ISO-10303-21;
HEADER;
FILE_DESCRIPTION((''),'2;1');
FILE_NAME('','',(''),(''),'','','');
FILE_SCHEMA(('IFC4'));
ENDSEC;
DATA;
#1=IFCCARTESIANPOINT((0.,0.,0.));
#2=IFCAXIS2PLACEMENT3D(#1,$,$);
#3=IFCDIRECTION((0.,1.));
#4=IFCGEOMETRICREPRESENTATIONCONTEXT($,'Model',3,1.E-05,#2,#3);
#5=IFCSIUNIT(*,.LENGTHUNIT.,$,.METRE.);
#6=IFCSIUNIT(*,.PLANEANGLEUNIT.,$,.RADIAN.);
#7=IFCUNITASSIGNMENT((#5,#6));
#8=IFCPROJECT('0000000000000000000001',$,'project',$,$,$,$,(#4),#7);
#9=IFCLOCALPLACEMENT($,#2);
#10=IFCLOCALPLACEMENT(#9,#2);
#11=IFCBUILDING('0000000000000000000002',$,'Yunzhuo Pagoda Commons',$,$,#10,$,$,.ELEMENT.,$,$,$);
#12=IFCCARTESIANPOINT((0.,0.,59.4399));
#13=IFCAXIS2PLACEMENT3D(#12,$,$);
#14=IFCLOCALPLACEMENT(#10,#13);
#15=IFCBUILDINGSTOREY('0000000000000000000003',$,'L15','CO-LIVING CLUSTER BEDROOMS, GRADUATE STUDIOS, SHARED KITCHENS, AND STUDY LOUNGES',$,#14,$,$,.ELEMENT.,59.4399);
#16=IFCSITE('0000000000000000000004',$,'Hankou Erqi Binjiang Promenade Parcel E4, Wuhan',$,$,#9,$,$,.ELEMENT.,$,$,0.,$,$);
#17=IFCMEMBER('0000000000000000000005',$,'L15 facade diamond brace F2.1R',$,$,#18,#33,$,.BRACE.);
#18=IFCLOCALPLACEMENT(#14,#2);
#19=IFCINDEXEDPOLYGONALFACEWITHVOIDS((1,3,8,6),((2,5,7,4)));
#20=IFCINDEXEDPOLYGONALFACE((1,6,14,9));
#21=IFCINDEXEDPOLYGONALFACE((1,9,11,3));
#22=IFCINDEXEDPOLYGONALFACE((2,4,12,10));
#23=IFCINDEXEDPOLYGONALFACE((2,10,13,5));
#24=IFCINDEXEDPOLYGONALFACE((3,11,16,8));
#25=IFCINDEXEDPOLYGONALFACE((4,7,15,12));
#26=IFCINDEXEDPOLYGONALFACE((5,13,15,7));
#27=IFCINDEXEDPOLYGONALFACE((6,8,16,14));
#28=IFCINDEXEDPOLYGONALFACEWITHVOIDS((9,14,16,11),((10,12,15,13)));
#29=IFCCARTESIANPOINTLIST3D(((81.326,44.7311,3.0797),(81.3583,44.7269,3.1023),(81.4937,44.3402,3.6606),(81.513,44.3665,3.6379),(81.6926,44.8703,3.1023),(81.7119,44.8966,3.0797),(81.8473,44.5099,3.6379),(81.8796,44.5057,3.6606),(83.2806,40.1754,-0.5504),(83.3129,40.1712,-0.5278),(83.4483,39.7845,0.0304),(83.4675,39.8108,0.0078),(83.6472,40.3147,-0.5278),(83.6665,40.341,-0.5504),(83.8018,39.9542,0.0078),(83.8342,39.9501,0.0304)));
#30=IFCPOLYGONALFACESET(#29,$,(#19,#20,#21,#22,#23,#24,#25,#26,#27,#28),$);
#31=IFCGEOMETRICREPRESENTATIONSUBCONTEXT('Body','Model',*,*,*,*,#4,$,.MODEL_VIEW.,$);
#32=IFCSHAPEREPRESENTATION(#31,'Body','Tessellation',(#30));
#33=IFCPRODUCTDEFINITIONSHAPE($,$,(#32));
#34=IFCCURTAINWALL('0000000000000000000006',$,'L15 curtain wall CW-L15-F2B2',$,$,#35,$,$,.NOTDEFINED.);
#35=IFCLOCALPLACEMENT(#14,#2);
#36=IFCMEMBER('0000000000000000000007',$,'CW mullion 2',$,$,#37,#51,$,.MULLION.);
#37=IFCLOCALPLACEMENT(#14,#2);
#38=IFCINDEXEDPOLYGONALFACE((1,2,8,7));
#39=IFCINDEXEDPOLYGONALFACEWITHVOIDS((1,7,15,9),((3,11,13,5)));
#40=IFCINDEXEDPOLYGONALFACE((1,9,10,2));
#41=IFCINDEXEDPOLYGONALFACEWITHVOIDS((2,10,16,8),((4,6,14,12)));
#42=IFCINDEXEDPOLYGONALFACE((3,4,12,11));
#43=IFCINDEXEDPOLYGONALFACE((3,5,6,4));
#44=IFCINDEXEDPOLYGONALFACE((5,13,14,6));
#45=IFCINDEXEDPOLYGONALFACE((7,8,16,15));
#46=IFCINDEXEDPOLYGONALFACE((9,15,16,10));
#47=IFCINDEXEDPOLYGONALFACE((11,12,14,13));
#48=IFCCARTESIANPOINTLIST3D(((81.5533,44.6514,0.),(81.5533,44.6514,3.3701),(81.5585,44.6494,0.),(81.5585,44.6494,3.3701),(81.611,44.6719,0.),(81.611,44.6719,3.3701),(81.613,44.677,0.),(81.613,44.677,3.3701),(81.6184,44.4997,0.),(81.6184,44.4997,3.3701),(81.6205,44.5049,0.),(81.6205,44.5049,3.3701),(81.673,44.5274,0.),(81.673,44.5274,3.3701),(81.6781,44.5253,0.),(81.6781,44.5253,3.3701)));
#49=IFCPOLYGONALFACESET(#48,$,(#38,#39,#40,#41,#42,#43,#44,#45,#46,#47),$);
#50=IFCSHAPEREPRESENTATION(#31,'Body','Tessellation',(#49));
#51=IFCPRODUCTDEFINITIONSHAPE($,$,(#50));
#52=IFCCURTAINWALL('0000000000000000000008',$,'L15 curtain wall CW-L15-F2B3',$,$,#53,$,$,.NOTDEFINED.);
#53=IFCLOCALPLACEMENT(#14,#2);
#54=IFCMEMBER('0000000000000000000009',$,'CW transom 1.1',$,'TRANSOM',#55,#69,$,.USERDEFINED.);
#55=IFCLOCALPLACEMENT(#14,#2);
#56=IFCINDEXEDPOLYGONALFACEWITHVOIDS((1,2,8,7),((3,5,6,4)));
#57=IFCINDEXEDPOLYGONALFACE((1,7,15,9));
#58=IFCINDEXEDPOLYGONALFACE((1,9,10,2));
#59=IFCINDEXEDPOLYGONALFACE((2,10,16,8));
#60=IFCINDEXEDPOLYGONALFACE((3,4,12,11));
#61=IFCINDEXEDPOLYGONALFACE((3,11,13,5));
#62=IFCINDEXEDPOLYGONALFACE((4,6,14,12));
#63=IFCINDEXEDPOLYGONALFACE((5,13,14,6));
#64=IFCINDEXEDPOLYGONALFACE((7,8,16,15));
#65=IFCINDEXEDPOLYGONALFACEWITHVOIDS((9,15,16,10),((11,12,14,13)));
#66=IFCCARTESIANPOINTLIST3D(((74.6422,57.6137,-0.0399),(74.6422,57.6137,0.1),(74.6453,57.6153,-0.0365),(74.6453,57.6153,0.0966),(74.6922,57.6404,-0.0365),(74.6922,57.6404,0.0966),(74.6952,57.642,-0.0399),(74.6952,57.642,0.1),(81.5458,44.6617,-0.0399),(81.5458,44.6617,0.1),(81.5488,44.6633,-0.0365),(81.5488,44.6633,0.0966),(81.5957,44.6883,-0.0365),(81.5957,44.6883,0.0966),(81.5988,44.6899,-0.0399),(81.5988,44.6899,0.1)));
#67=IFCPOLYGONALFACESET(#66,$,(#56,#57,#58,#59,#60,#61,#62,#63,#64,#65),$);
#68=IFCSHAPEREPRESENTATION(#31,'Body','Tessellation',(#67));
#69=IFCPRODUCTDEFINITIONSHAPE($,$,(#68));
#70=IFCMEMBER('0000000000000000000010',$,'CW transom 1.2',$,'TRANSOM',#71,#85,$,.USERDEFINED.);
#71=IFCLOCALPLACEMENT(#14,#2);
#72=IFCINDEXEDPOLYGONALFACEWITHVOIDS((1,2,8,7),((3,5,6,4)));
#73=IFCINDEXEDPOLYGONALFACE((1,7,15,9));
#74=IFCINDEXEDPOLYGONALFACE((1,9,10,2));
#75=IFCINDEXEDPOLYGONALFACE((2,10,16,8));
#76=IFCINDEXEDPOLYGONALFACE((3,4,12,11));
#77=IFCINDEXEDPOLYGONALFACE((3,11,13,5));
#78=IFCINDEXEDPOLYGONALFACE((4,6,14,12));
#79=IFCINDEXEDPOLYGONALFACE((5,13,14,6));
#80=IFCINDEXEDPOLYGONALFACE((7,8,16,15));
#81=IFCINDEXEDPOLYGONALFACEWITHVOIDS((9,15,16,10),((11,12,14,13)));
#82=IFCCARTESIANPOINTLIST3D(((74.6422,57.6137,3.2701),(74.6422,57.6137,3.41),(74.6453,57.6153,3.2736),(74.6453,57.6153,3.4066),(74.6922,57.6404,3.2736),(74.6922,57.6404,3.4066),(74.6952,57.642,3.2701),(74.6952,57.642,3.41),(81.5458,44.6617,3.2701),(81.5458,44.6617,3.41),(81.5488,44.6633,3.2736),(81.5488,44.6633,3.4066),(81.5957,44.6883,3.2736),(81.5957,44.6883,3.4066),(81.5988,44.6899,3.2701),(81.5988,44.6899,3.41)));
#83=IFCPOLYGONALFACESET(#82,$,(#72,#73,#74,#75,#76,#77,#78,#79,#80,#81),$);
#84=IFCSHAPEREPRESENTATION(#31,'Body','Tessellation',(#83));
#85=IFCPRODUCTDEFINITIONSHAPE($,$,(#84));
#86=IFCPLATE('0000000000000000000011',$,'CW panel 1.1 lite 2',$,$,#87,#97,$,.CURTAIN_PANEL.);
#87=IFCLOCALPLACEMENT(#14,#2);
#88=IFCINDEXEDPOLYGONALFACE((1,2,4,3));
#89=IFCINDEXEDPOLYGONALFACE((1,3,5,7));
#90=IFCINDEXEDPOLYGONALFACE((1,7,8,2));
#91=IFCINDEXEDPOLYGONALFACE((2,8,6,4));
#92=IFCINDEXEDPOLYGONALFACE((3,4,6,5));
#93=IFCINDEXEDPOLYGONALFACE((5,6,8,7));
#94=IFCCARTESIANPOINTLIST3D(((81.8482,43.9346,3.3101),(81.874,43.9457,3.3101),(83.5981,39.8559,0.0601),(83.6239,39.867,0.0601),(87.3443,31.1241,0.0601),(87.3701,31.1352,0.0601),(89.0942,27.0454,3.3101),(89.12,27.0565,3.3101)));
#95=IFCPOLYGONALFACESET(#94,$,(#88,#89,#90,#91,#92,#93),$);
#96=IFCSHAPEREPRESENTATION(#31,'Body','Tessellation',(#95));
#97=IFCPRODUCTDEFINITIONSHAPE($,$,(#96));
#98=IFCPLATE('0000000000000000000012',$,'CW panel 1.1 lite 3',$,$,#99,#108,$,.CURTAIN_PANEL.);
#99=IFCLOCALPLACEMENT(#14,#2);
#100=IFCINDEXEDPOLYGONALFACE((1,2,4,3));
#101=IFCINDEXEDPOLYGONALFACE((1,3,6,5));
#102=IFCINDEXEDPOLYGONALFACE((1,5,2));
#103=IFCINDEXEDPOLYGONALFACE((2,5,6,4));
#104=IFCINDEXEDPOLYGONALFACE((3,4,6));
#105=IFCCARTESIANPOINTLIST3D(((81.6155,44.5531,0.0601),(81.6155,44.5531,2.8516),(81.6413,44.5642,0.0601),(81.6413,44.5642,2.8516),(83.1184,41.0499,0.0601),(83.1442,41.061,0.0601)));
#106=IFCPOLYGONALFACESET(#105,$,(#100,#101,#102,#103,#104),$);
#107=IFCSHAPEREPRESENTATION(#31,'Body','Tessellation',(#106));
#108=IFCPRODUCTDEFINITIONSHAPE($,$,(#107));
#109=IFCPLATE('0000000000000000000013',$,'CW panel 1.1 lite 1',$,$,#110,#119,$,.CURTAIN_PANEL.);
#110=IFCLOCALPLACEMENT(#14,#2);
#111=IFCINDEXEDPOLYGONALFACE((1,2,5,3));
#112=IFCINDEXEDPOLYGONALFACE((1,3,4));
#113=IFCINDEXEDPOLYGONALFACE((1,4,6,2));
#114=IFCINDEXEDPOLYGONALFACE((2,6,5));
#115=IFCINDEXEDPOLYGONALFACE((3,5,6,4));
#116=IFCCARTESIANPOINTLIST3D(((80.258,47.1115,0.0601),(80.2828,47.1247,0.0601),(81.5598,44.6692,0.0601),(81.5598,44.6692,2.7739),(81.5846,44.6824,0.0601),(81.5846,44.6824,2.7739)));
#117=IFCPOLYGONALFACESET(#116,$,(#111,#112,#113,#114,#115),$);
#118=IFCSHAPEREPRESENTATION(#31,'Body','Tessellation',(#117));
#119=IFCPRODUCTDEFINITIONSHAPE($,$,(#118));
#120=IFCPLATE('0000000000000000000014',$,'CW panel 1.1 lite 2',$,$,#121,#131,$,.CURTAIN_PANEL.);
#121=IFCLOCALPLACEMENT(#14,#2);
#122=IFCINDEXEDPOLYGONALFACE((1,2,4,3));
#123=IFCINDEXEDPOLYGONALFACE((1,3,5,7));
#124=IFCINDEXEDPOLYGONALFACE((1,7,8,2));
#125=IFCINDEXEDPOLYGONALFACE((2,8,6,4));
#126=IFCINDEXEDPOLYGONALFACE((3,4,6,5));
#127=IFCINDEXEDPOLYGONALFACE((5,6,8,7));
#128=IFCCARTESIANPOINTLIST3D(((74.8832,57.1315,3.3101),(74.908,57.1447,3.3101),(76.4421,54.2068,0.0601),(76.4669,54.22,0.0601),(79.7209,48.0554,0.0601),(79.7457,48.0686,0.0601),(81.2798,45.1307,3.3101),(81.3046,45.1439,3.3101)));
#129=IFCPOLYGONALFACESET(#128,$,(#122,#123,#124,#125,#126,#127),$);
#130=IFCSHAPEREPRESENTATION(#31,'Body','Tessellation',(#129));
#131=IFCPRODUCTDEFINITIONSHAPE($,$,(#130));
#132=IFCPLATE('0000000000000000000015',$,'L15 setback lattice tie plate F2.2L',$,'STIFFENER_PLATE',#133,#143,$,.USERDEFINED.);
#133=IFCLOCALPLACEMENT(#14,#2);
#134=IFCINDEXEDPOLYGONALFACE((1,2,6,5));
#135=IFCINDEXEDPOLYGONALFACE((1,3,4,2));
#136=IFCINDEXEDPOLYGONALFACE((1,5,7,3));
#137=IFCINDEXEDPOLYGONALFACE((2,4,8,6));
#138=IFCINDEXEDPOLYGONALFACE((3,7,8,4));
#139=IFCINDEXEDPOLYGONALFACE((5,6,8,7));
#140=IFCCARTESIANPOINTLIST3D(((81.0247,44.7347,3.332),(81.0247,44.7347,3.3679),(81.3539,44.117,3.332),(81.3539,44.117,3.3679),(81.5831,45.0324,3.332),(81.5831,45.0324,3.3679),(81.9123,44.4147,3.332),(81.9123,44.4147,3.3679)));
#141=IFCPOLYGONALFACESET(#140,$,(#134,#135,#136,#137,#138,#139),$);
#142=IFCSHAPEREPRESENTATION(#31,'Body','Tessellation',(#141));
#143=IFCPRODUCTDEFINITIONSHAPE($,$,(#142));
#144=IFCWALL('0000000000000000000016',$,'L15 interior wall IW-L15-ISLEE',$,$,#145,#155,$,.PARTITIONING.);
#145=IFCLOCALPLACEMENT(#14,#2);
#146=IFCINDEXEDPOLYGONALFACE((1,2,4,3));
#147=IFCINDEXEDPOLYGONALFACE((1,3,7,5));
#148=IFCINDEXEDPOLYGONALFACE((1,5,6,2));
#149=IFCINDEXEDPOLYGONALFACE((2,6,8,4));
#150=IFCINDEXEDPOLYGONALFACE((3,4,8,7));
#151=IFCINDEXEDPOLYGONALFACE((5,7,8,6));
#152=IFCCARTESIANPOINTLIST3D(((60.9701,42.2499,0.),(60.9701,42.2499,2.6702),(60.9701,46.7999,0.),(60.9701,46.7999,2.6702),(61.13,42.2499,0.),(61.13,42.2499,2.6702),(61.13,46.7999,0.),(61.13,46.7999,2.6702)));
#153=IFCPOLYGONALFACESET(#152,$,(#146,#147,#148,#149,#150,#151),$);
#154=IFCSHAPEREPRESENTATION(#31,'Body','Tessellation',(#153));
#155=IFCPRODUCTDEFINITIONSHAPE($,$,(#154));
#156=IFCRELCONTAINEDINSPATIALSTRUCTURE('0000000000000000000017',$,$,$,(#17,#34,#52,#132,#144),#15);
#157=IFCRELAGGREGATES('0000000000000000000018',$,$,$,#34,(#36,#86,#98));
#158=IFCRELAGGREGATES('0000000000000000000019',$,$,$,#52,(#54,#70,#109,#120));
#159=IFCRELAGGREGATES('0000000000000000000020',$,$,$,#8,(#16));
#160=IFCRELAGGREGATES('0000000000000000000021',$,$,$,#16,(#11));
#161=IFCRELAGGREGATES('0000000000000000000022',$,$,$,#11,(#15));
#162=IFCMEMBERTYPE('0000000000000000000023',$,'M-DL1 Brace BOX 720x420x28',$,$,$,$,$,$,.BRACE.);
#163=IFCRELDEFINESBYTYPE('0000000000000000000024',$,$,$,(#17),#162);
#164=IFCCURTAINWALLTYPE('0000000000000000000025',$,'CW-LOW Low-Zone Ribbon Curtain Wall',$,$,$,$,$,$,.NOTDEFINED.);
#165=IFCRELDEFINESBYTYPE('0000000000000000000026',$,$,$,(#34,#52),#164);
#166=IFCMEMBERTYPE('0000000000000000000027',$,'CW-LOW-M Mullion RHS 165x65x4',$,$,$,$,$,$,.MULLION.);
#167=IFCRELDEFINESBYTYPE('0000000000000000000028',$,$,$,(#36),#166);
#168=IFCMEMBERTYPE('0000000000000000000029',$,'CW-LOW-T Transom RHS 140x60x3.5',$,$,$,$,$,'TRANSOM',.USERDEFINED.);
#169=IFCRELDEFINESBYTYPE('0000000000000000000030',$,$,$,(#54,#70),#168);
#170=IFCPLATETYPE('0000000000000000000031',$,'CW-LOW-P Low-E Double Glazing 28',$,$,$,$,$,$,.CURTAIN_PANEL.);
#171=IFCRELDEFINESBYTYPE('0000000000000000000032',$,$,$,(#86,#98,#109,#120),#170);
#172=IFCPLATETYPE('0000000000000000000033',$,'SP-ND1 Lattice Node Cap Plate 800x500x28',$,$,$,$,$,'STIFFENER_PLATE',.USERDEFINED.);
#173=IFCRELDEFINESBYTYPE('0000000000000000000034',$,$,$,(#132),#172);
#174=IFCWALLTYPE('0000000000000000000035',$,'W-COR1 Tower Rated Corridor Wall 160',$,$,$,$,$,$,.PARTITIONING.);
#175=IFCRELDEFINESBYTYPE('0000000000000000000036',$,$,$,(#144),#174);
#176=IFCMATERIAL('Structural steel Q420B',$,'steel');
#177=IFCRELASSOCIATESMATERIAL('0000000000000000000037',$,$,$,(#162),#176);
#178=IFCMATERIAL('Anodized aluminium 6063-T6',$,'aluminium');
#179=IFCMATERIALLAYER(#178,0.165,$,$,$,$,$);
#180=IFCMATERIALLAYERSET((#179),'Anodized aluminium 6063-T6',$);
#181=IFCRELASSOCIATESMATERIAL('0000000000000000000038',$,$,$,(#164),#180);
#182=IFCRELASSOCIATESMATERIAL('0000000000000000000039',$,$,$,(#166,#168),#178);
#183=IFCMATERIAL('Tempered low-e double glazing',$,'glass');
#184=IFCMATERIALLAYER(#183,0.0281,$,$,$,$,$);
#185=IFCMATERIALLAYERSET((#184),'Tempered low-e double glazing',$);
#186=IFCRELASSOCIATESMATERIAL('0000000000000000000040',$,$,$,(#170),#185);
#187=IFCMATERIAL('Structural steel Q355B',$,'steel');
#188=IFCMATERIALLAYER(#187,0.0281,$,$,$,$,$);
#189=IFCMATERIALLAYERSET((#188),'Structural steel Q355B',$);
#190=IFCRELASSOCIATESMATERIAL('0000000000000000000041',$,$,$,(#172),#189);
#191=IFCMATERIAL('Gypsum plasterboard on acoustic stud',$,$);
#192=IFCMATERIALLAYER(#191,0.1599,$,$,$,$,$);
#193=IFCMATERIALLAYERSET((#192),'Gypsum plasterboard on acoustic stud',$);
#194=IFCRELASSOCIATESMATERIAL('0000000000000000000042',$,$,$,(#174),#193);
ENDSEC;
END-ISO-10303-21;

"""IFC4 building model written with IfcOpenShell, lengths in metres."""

from ifc_helpers import new_model, si_unit, direction, frame, frame_2d, origin, origin_2d, place, context, subcontext, project, spatial, polyline, rectangle, hollow_rectangle, outline, extrude, source, transform, mapped, material, layer, layer_set, material_profile, profile_set, type_object, element, aggregate, save


model = new_model("IFC4")

# Units and contexts
model_context = context("Model", 3, precision=1e-05, world=origin(), true_north=direction((0.0, 1.0)))
body_context = subcontext(model_context, "Body", "Model", "MODEL_VIEW")
ifc_project = project(units=[si_unit("LENGTHUNIT", "METRE"), si_unit("PLANEANGLEUNIT", "RADIAN")], contexts=[model_context])

# Site, building, storey
site_placement = place(None, origin())
site = spatial("IfcSite", under=ifc_project, at=site_placement, Name="Hankou Erqi Binjiang Promenade Parcel E4, Wuhan", CompositionType="ELEMENT", RefElevation=0.0)
building_placement = place(site_placement, origin())
building = spatial("IfcBuilding", under=site, at=building_placement, Name="Yunzhuo Pagoda Commons", CompositionType="ELEMENT")
storey_placement = place(building_placement, frame((0.0, 0.0, 59.4399)))
storey = spatial("IfcBuildingStorey", under=building, at=storey_placement, Name="L15", Description="CO-LIVING CLUSTER BEDROOMS, GRADUATE STUDIOS, SHARED KITCHENS, AND STUDY LOUNGES", CompositionType="ELEMENT", Elevation=59.4399)

# Shared definitions
ifc_material_1 = material(Name="Structural steel Q420B", Category="steel")

# Shared definitions
ifc_material_2 = material(Name="Structural steel Q355B", Category="steel")

# Member
ifc_material_profile_1 = material_profile(ifc_material_1, hollow_rectangle(XDim=0.4199, YDim=0.72, WallThickness=0.0281, at=origin_2d()), Name="Structural steel Q420B")
ifc_profile_set_1 = profile_set([ifc_material_profile_1], Name="Structural steel Q420B")
member_type_1 = type_object("IfcMemberType", Name="M-DL1 Brace BOX 720x420x28", PredefinedType="BRACE", material=ifc_profile_set_1)
shared_shape_1 = source(origin(), body_context, "Body", "SweptSolid", [
    extrude(hollow_rectangle(XDim=0.4199, YDim=0.72, WallThickness=0.0281, at=origin_2d()), origin(), (0.0, 0.0, 1.0), 6.1443),
])
member_1_placement = place(storey_placement, frame((83.5574, 40.0627, -0.26), z_axis=(-0.318115, 0.741447, 0.590813), x_axis=(-0.918987, -0.394288, 0.0)))
element("IfcMember", 1, at=member_1_placement, inside=storey, type_object=member_type_1, Name="L15 facade diamond brace F2.1R", PredefinedType="BRACE", context=body_context, shape_type="MappedRepresentation", body=[
    mapped(shared_shape_1, transform((0.0, 0.0, 0.0), scale=1.0)),
])

# Curtain wall, member
ifc_material_3 = material(Name="Anodized aluminium 6063-T6", Category="aluminium")
ifc_layer_1 = layer(ifc_material_3, 0.165)
ifc_layer_set_1 = layer_set([ifc_layer_1], Name="Anodized aluminium 6063-T6")
curtain_wall_type = type_object("IfcCurtainWallType", Name="CW-LOW Low-Zone Ribbon Curtain Wall", PredefinedType="NOTDEFINED", material=ifc_layer_set_1)
curtain_wall_1_placement = place(storey_placement, origin())
curtain_wall_1 = element("IfcCurtainWall", 2, at=curtain_wall_1_placement, inside=storey, type_object=curtain_wall_type, Name="L15 curtain wall CW-L15-F2B2", PredefinedType="NOTDEFINED")
ifc_material_profile_2 = material_profile(ifc_material_3, hollow_rectangle(XDim=0.0649, YDim=0.165, WallThickness=0.0039, at=origin_2d()), Name="Anodized aluminium 6063-T6")
ifc_profile_set_2 = profile_set([ifc_material_profile_2], Name="Anodized aluminium 6063-T6")
member_type_2 = type_object("IfcMemberType", Name="CW-LOW-M Mullion RHS 165x65x4", PredefinedType="MULLION", material=ifc_profile_set_2)
shared_shape_2 = source(origin(), body_context, "Body", "SweptSolid", [
    extrude(hollow_rectangle(XDim=0.0649, YDim=0.165, WallThickness=0.0039, at=origin_2d()), origin(), (0.0, 0.0, 1.0), 3.3701),
])
member_2_placement = place(storey_placement, frame((81.6157, 44.5884, 0.0), z_axis=(0.0, 0.0, 1.0), x_axis=(-0.918993, -0.394274, 0.0)))
member_2 = element("IfcMember", 3, at=member_2_placement, type_object=member_type_2, Name="CW mullion 2", PredefinedType="MULLION", context=body_context, shape_type="MappedRepresentation", body=[
    mapped(shared_shape_2, transform((0.0, 0.0, 0.0), scale=1.0)),
])

# Curtain wall, members
curtain_wall_2_placement = place(storey_placement, origin())
curtain_wall_2 = element("IfcCurtainWall", 4, at=curtain_wall_2_placement, inside=storey, type_object=curtain_wall_type, Name="L15 curtain wall CW-L15-F2B3", PredefinedType="NOTDEFINED")
ifc_material_profile_3 = material_profile(ifc_material_3, hollow_rectangle(XDim=0.0601, YDim=0.1399, WallThickness=0.0034, at=origin_2d()), Name="Anodized aluminium 6063-T6")
ifc_profile_set_3 = profile_set([ifc_material_profile_3], Name="Anodized aluminium 6063-T6")
member_type_3 = type_object("IfcMemberType", Name="CW-LOW-T Transom RHS 140x60x3.5", ElementType="TRANSOM", PredefinedType="USERDEFINED", material=ifc_profile_set_3)
shared_shape_3 = source(origin(), body_context, "Body", "SweptSolid", [
    extrude(hollow_rectangle(XDim=0.0601, YDim=0.1399, WallThickness=0.0034, at=origin_2d()), origin(), (0.0, 0.0, 1.0), 14.677),
])
member_3_placement = place(storey_placement, frame((81.5723, 44.6758, 0.03), z_axis=(-0.470363, 0.882473, 0.0), x_axis=(-0.882473, -0.470363, 0.0)))
member_3 = element("IfcMember", 5, at=member_3_placement, type_object=member_type_3, Name="CW transom 1.1", ObjectType="TRANSOM", PredefinedType="USERDEFINED", context=body_context, shape_type="MappedRepresentation", body=[
    mapped(shared_shape_3, transform((0.0, 0.0, 0.0), scale=1.0)),
])
member_4_placement = place(storey_placement, frame((81.5723, 44.6758, 3.3401), z_axis=(-0.470363, 0.882473, 0.0), x_axis=(-0.882473, -0.470363, 0.0)))
member_4 = element("IfcMember", 6, at=member_4_placement, type_object=member_type_3, Name="CW transom 1.2", ObjectType="TRANSOM", PredefinedType="USERDEFINED", context=body_context, shape_type="MappedRepresentation", body=[
    mapped(shared_shape_3, transform((0.0, 0.0, 0.0), scale=1.0)),
])

# Plates
ifc_material_4 = material(Name="Tempered low-e double glazing", Category="glass")
ifc_layer_2 = layer(ifc_material_4, 0.0281)
ifc_layer_set_2 = layer_set([ifc_layer_2], Name="Tempered low-e double glazing")
plate_type_1 = type_object("IfcPlateType", Name="CW-LOW-P Low-E Double Glazing 28", PredefinedType="CURTAIN_PANEL", material=ifc_layer_set_2)
plate_1_placement = place(storey_placement, frame((85.4712, 35.49, 1.6851), z_axis=(0.918993, 0.394274, 0.0), x_axis=(-0.394274, 0.918993, 0.0)))
plate_1 = element("IfcPlate", 7, at=plate_1_placement, type_object=plate_type_1, Name="CW panel 1.1 lite 2", PredefinedType="CURTAIN_PANEL", context=body_context, shape_type="SweptSolid", body=[
    extrude(outline(polyline([(-9.189, 1.625), (-4.7507, -1.625), (4.7507, -1.625), (9.189, 1.625), (-9.189, 1.625)])), origin(), (0.0, 0.0, 1.0), 0.0281),
])
plate_2_placement = place(storey_placement, frame((82.3669, 42.8015, 1.4558), z_axis=(0.918993, 0.394274, 0.0), x_axis=(-0.394274, 0.918993, 0.0)))
plate_2 = element("IfcPlate", 8, at=plate_2_placement, type_object=plate_type_1, Name="CW panel 1.1 lite 3", PredefinedType="CURTAIN_PANEL", context=body_context, shape_type="SweptSolid", body=[
    extrude(outline(polyline([(-1.906, -1.3958), (1.906, -1.3958), (1.906, 1.3958), (-1.906, -1.3958)])), origin(), (0.0, 0.0, 1.0), 0.0281),
])
aggregate(curtain_wall_1, [member_2, plate_1, plate_2])
plate_3_placement = place(storey_placement, frame((80.9089, 45.8904, 1.417), z_axis=(0.88247, 0.470369, 0.0), x_axis=(-0.470369, 0.88247, 0.0)))
plate_3 = element("IfcPlate", 9, at=plate_3_placement, type_object=plate_type_1, Name="CW panel 1.1 lite 1", PredefinedType="CURTAIN_PANEL", context=body_context, shape_type="SweptSolid", body=[
    extrude(outline(polyline([(-1.3838, -1.3569), (1.3838, -1.3569), (-1.3838, 1.3569), (-1.3838, -1.3569)])), origin(), (0.0, 0.0, 1.0), 0.0281),
])
plate_4_placement = place(storey_placement, frame((78.0815, 51.1311, 1.6851), z_axis=(0.88247, 0.470369, 0.0), x_axis=(-0.470369, 0.88247, 0.0)))
plate_4 = element("IfcPlate", 10, at=plate_4_placement, type_object=plate_type_1, Name="CW panel 1.1 lite 2", PredefinedType="CURTAIN_PANEL", context=body_context, shape_type="SweptSolid", body=[
    extrude(outline(polyline([(-6.7996, 1.625), (-3.4854, -1.625), (3.4854, -1.625), (6.7996, 1.625), (-6.7996, 1.625)])), origin(), (0.0, 0.0, 1.0), 0.0281),
])
aggregate(curtain_wall_2, [member_3, member_4, plate_3, plate_4])
ifc_layer_3 = layer(ifc_material_2, 0.0281)
ifc_layer_set_3 = layer_set([ifc_layer_3], Name="Structural steel Q355B")
plate_type_2 = type_object("IfcPlateType", Name="SP-ND1 Lattice Node Cap Plate 800x500x28", ElementType="STIFFENER_PLATE", PredefinedType="USERDEFINED", material=ifc_layer_set_3)
shared_shape_4 = source(origin(), body_context, "Body", "SweptSolid", [
    extrude(rectangle(XDim=0.7, YDim=0.6328, at=origin_2d()), origin(), (0.0, 0.0, 1.0), 0.0359),
])
plate_5_placement = place(storey_placement, frame((81.4685, 44.5747, 3.332), z_axis=(0.0, 0.0, 1.0), x_axis=(-0.470365, 0.882472, 0.0)))
element("IfcPlate", 11, at=plate_5_placement, inside=storey, type_object=plate_type_2, Name="L15 setback lattice tie plate F2.2L", ObjectType="STIFFENER_PLATE", PredefinedType="USERDEFINED", context=body_context, shape_type="MappedRepresentation", body=[
    mapped(shared_shape_4, transform((0.0, 0.0, 0.0), scale=1.0)),
])

# Wall
ifc_material_5 = material(Name="Gypsum plasterboard on acoustic stud")
ifc_layer_4 = layer(ifc_material_5, 0.1599)
ifc_layer_set_4 = layer_set([ifc_layer_4], Name="Gypsum plasterboard on acoustic stud")
wall_type_1 = type_object("IfcWallType", Name="W-COR1 Tower Rated Corridor Wall 160", PredefinedType="PARTITIONING", material=ifc_layer_set_4)
wall_1_placement = place(storey_placement, frame((61.05, 42.25, 0.0), z_axis=(0.0, 0.0, 1.0), x_axis=(0.0, 1.0, 0.0)))
element("IfcWall", 12, at=wall_1_placement, inside=storey, type_object=wall_type_1, Name="L15 interior wall IW-L15-ISLEE", PredefinedType="PARTITIONING", context=body_context, shape_type="SweptSolid", body=[
    extrude(rectangle(XDim=4.55, YDim=0.1599, at=frame_2d((2.2749, 0.0))), origin(), (0.0, 0.0, 1.0), 2.6702),
])

save(model, "model.ifc")
